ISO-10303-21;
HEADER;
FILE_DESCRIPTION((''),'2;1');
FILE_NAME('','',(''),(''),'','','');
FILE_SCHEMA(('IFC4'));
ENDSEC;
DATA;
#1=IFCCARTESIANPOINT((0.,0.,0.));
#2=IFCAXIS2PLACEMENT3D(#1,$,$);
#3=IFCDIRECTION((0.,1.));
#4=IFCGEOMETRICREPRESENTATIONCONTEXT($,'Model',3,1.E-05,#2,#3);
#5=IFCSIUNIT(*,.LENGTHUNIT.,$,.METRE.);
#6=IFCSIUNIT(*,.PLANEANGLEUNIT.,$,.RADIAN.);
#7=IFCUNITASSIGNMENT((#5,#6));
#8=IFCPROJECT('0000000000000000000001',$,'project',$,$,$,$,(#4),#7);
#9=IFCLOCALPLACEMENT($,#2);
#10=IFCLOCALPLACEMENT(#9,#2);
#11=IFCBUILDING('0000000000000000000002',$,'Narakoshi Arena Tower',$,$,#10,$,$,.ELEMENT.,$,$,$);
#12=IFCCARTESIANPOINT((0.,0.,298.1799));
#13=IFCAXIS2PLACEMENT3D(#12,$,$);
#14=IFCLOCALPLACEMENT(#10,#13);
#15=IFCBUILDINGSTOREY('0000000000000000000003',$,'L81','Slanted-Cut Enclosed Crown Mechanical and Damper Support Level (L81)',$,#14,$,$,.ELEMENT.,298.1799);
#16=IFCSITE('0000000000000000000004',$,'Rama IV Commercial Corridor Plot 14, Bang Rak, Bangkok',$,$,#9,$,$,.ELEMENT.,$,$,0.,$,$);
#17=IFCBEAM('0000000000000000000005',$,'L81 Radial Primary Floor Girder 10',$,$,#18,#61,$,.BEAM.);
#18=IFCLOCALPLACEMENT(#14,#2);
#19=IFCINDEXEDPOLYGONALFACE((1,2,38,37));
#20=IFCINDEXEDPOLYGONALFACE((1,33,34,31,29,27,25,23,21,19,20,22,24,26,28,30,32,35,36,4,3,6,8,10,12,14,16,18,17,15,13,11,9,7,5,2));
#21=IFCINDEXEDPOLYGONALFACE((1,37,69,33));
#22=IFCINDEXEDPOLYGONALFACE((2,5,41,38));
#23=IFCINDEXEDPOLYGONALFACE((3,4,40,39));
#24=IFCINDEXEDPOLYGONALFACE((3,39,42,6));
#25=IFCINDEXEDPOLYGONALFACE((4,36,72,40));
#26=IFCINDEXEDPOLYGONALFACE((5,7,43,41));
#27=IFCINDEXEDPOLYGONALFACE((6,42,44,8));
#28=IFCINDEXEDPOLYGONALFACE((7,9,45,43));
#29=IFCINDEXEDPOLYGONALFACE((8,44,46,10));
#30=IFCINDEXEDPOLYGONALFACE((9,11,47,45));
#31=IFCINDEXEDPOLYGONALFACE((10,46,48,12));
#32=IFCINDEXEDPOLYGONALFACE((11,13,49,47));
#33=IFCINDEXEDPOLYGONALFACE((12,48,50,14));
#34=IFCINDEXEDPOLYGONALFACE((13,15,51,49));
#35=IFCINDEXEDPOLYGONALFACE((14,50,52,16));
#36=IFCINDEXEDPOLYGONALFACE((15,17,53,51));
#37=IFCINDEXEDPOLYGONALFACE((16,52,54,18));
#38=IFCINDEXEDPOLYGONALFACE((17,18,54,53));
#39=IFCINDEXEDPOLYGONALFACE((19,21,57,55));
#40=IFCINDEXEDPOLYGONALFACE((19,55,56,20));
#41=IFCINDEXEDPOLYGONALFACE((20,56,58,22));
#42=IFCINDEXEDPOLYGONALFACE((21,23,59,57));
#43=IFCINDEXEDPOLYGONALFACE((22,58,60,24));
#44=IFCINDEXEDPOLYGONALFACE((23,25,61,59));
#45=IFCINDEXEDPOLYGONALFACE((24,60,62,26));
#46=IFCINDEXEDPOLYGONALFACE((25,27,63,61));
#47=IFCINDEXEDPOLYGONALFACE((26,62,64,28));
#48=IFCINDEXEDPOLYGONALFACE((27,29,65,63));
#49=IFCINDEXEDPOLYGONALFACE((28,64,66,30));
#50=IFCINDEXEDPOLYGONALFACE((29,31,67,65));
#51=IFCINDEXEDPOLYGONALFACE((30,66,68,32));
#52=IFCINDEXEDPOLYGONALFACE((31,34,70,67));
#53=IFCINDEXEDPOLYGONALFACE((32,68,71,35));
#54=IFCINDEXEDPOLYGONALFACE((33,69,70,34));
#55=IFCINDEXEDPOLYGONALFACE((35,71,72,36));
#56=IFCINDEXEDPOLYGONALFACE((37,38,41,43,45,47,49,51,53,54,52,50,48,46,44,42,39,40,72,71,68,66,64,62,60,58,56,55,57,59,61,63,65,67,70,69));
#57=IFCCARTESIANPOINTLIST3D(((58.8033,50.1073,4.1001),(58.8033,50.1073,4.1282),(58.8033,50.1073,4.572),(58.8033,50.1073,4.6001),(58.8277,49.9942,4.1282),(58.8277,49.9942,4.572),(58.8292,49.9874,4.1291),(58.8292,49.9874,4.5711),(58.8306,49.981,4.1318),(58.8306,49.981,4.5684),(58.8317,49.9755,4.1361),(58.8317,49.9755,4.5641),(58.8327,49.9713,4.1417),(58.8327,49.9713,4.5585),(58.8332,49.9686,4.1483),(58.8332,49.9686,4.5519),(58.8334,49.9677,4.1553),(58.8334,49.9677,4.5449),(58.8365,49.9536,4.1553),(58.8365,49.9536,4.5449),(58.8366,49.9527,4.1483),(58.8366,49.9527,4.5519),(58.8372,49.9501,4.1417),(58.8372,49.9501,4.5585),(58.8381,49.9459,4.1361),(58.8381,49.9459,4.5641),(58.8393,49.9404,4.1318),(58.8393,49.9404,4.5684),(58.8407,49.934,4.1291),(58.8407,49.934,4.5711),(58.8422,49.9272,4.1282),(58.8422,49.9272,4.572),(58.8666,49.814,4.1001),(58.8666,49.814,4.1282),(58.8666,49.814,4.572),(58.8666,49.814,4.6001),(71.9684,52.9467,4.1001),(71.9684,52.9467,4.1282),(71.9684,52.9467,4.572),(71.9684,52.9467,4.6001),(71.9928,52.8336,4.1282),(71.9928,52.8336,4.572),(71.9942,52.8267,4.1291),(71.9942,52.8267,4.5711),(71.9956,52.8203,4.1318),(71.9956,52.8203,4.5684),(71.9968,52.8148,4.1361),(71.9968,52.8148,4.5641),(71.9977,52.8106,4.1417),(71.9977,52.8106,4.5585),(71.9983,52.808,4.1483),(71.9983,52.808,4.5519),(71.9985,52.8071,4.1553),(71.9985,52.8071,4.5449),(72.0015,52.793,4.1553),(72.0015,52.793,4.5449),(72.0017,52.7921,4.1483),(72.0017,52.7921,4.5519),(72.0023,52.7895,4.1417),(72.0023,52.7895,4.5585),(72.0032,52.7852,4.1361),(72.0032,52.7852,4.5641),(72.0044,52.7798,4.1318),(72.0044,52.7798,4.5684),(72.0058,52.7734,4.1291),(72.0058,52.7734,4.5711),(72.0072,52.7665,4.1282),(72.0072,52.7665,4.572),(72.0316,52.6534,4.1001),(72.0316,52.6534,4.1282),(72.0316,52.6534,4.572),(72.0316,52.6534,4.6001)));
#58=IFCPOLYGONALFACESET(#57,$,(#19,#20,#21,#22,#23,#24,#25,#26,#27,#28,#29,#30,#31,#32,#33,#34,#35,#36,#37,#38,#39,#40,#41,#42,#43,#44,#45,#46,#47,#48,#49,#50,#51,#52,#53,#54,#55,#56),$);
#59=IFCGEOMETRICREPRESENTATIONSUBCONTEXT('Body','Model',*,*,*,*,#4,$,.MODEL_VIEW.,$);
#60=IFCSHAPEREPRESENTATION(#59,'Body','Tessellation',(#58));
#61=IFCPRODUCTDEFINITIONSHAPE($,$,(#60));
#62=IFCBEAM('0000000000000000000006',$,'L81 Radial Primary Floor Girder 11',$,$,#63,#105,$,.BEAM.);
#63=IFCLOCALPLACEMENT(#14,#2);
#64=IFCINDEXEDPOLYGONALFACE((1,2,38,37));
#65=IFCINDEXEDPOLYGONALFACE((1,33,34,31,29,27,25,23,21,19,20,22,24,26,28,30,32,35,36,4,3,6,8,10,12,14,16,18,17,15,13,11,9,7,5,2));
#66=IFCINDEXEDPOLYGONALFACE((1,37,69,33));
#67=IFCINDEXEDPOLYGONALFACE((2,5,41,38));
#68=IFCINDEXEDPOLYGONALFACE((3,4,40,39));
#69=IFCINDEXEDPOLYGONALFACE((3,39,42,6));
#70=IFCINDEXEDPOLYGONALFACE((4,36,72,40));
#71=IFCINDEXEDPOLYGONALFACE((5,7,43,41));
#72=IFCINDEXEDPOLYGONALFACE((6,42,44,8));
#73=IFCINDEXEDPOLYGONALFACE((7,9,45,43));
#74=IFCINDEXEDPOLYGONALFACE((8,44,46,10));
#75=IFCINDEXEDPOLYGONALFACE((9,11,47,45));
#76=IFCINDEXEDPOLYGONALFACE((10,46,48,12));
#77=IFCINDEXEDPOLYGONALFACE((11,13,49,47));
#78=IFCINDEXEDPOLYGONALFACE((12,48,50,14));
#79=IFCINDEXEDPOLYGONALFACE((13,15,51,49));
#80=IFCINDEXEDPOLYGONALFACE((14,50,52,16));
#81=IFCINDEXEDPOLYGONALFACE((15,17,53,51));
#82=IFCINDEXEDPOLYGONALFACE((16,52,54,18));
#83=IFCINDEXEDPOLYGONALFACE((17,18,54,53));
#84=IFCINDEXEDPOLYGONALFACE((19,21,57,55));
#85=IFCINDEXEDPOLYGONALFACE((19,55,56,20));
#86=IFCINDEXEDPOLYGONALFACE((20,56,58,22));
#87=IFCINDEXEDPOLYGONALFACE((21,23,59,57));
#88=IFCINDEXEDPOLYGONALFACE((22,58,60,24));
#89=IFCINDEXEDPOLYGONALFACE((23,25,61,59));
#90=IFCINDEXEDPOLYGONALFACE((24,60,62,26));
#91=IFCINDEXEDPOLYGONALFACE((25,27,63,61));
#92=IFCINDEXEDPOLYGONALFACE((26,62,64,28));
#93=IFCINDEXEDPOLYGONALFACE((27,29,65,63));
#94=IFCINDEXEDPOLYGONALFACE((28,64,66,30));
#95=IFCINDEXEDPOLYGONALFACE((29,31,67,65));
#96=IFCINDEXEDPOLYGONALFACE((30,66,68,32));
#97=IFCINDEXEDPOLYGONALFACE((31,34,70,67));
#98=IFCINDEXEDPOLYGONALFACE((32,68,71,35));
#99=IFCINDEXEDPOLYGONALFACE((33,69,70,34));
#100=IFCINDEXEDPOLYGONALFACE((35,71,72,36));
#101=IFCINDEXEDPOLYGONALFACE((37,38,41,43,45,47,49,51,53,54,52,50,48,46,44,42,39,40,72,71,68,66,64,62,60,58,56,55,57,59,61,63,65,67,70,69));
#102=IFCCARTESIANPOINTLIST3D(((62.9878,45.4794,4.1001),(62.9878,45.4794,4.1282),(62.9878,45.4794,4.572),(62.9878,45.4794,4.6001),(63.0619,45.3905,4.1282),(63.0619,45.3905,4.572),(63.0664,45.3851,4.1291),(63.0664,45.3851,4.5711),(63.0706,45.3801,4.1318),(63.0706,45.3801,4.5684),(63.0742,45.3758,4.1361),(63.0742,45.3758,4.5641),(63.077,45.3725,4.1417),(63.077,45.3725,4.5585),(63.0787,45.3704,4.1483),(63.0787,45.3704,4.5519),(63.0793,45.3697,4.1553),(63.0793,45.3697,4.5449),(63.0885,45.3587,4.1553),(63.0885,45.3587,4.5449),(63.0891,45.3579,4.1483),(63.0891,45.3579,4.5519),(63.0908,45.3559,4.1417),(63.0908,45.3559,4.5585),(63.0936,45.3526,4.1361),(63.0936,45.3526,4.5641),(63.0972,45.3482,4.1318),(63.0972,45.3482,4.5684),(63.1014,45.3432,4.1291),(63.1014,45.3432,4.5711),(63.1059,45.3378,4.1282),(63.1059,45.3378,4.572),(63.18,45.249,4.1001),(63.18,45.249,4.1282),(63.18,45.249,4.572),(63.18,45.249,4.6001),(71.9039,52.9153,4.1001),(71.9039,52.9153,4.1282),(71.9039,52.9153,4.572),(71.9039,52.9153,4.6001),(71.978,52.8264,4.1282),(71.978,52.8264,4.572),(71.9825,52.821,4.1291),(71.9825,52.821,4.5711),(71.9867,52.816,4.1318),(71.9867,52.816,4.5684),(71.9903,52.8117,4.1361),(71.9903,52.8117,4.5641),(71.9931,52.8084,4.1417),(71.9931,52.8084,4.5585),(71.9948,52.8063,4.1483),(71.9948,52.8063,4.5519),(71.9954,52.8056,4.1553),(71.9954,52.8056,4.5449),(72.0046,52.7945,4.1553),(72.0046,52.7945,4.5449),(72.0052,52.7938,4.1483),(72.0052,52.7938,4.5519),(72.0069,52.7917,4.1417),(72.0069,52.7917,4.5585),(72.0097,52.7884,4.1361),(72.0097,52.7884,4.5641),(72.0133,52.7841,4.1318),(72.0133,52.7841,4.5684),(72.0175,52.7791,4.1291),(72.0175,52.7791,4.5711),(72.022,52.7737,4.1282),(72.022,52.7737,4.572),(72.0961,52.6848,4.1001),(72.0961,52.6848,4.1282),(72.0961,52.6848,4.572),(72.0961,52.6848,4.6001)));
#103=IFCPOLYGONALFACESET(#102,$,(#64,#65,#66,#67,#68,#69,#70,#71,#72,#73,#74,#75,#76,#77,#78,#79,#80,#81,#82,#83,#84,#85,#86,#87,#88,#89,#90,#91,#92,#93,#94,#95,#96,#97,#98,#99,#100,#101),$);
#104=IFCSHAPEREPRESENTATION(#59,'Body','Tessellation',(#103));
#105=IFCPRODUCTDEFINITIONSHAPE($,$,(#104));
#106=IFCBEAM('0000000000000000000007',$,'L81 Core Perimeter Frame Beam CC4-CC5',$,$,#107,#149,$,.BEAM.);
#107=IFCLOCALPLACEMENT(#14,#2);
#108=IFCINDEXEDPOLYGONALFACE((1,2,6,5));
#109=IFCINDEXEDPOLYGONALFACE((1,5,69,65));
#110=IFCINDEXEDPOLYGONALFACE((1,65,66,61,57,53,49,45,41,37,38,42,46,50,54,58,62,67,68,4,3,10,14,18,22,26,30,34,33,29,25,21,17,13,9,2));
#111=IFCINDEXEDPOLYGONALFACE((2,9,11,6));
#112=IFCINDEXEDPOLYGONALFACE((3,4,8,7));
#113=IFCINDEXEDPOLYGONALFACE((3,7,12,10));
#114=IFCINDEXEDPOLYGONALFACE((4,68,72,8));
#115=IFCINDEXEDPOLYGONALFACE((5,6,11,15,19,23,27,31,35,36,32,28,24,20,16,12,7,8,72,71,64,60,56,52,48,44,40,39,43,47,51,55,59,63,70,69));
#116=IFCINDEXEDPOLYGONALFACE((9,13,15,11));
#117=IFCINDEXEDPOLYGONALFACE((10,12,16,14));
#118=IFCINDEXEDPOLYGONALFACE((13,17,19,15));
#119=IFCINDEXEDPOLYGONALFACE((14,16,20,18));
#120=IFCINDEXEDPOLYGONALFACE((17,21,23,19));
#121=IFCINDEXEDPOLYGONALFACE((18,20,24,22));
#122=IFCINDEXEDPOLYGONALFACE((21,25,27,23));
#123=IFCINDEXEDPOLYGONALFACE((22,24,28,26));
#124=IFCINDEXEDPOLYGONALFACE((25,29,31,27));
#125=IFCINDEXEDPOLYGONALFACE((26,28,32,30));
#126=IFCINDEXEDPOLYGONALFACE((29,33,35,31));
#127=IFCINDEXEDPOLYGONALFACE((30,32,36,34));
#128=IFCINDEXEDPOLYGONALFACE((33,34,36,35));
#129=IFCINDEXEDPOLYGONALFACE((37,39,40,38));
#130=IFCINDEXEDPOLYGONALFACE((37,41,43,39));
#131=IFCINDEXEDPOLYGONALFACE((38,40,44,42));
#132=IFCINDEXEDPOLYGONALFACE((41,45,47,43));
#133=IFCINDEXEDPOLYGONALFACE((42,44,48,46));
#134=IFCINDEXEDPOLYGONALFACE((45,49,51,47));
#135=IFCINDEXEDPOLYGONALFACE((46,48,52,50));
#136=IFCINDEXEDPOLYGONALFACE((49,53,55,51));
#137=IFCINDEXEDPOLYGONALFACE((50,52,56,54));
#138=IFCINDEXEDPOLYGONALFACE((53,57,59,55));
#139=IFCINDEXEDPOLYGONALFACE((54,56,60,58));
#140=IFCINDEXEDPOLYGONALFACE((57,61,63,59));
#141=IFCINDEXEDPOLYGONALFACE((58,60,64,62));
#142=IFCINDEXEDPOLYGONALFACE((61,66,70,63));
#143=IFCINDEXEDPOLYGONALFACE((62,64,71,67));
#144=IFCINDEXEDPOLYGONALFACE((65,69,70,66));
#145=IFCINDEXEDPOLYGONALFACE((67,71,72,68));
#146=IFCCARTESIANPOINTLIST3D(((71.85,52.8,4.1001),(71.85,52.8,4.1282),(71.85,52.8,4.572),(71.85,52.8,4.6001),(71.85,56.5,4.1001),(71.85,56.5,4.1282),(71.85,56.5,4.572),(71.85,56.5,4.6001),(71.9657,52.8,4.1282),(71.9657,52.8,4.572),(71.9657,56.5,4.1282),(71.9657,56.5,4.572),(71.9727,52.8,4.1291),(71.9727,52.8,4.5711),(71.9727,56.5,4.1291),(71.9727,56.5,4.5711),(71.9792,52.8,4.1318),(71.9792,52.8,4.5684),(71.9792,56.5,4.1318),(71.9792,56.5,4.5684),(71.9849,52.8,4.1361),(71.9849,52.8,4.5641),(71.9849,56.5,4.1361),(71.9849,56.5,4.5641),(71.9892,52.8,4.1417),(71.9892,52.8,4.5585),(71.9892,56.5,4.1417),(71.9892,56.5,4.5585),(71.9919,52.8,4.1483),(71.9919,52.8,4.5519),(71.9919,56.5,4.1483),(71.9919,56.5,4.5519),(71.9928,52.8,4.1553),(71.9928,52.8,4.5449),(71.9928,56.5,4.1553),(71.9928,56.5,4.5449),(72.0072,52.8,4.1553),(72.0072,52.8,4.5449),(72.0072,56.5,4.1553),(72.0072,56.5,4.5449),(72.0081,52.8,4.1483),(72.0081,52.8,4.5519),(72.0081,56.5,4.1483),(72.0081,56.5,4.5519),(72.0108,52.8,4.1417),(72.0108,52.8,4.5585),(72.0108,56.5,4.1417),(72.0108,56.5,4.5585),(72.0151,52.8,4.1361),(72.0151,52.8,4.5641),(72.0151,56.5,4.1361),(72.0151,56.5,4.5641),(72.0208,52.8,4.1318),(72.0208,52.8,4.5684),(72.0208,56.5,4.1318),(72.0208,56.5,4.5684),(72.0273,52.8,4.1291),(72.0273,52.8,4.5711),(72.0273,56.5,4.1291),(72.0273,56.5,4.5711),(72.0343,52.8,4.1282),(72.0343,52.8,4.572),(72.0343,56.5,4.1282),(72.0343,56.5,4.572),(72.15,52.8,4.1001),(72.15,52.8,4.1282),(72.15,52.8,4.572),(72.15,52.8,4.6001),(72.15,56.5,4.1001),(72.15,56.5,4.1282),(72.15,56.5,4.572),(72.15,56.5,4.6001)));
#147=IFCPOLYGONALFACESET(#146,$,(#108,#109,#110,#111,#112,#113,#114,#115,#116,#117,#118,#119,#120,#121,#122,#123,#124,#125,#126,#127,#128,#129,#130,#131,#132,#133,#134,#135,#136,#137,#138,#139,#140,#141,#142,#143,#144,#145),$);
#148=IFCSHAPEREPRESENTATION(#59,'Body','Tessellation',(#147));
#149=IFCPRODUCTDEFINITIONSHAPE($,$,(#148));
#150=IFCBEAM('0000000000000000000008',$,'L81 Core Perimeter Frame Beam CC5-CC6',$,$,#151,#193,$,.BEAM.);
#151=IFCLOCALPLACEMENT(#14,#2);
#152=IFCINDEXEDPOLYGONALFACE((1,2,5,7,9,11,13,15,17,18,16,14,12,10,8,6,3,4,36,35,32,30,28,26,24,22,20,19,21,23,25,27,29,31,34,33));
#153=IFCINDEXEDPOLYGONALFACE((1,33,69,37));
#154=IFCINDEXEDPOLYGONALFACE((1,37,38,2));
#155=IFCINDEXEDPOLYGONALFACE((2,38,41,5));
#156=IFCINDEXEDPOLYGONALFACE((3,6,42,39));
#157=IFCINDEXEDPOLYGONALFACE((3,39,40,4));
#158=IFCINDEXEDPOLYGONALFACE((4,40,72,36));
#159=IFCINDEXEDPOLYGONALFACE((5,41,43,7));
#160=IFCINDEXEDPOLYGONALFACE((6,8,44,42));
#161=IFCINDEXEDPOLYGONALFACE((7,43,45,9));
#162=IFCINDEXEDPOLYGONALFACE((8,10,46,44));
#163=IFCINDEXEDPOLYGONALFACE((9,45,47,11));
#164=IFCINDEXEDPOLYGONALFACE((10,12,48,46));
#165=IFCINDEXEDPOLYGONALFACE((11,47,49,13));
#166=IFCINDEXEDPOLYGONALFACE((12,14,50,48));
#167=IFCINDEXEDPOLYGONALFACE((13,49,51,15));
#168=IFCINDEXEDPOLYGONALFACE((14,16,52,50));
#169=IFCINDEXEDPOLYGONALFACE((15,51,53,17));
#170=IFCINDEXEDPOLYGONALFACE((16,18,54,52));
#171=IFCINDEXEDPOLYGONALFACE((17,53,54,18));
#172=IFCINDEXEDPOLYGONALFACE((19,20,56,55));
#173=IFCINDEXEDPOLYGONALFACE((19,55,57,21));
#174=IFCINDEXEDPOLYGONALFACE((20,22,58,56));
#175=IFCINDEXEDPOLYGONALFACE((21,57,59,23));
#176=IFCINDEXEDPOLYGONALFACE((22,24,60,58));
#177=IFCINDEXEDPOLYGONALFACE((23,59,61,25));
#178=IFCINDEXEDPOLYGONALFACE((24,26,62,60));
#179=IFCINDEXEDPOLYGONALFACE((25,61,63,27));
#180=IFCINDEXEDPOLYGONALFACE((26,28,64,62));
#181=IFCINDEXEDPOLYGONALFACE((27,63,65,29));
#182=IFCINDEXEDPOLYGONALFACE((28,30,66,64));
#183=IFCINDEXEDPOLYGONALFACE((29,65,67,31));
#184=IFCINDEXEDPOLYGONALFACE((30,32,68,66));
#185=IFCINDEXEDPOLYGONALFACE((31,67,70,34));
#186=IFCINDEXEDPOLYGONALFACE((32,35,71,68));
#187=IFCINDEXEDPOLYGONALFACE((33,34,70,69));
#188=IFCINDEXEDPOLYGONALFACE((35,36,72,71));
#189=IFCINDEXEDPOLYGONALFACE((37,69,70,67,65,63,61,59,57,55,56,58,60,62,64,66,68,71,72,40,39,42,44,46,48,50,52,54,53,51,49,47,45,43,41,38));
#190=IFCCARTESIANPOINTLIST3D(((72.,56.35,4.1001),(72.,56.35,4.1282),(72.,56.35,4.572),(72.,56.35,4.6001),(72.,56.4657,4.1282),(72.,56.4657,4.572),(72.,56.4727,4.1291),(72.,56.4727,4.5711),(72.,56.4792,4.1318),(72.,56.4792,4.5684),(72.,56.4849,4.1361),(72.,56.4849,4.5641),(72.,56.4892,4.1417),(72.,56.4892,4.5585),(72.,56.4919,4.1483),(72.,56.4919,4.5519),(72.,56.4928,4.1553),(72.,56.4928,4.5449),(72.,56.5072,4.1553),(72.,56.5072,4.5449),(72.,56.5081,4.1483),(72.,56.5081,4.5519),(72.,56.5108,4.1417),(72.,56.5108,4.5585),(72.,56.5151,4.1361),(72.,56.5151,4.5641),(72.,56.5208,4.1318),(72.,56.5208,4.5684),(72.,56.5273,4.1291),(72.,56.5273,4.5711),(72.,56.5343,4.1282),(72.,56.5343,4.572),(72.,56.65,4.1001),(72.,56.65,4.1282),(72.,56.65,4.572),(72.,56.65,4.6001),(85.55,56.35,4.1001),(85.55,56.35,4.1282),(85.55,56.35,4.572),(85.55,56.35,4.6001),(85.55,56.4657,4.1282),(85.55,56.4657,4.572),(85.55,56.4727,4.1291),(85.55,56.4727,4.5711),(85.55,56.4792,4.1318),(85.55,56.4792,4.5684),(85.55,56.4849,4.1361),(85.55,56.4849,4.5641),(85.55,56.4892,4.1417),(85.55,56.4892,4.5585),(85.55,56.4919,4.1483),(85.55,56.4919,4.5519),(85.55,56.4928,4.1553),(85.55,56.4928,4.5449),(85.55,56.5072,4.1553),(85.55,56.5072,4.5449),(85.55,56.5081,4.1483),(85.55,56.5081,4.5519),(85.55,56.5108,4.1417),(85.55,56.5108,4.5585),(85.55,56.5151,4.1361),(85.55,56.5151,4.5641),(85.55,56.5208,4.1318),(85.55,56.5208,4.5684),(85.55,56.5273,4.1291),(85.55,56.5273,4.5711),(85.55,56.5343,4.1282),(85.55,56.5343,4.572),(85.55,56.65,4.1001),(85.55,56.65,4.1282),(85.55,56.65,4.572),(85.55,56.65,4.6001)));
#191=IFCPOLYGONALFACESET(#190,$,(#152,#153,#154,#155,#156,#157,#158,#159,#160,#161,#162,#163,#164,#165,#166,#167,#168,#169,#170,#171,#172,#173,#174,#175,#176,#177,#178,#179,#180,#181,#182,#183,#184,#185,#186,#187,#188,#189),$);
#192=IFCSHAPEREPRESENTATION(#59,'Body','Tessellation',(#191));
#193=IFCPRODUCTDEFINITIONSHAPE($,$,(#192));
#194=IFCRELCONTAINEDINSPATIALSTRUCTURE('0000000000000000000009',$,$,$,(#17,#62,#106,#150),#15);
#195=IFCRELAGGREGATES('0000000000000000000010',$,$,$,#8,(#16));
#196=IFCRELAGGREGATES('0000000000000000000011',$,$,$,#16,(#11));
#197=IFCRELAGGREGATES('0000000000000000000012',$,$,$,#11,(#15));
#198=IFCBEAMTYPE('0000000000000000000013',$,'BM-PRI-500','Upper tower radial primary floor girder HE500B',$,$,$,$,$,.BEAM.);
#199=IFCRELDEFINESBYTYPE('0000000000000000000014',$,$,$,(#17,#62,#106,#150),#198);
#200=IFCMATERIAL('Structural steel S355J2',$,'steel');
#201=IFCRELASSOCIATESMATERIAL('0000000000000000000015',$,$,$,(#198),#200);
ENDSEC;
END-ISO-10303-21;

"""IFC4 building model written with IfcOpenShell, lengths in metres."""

from ifc_helpers import new_model, si_unit, direction, frame, origin, origin_2d, place, context, subcontext, project, spatial, i_section, extrude, material, material_profile, profile_set, type_object, element, save


model = new_model("IFC4")

# Units and contexts
model_context = context("Model", 3, precision=1e-05, world=origin(), true_north=direction((0.0, 1.0)))
body_context = subcontext(model_context, "Body", "Model", "MODEL_VIEW")
ifc_project = project(units=[si_unit("LENGTHUNIT", "METRE"), si_unit("PLANEANGLEUNIT", "RADIAN")], contexts=[model_context])

# Site, building, storey
site_placement = place(None, origin())
site = spatial("IfcSite", under=ifc_project, at=site_placement, Name="Rama IV Commercial Corridor Plot 14, Bang Rak, Bangkok", CompositionType="ELEMENT", RefElevation=0.0)
building_placement = place(site_placement, origin())
building = spatial("IfcBuilding", under=site, at=building_placement, Name="Narakoshi Arena Tower", CompositionType="ELEMENT")
storey_placement = place(building_placement, frame((0.0, 0.0, 298.1799)))
storey = spatial("IfcBuildingStorey", under=building, at=storey_placement, Name="L81", Description="Slanted-Cut Enclosed Crown Mechanical and Damper Support Level (L81)", CompositionType="ELEMENT", Elevation=298.1799)

# Shared definitions
ifc_material_1 = material(Name="Structural steel S355J2", Category="steel")

# Beams
ifc_material_profile_1 = material_profile(ifc_material_1, i_section(OverallWidth=0.3, OverallDepth=0.5, WebThickness=0.0144, FlangeThickness=0.0281, FilletRadius=0.0271, at=origin_2d()), Name="HE500B")
ifc_profile_set_1 = profile_set([ifc_material_profile_1], Name="Structural steel S355J2")
beam_type = type_object("IfcBeamType", Name="BM-PRI-500", Description="Upper tower radial primary floor girder HE500B", PredefinedType="BEAM", material=ifc_profile_set_1)
beam_1_placement = place(storey_placement, frame((72.0, 52.8, 4.3501), z_axis=(-0.977524, -0.210826, 0.0), x_axis=(0.210826, -0.977524, 0.0)))
element("IfcBeam", 1, at=beam_1_placement, inside=storey, type_object=beam_type, Name="L81 Radial Primary Floor Girder 10", PredefinedType="BEAM", context=body_context, shape_type="SweptSolid", body=[
    extrude(i_section(OverallWidth=0.3, OverallDepth=0.5, WebThickness=0.0144, FlangeThickness=0.0281, FilletRadius=0.0271, at=origin_2d()), origin(), (0.0, 0.0, 1.0), 13.4678),
])
beam_2_placement = place(storey_placement, frame((72.0, 52.8, 4.3501), z_axis=(-0.767976, -0.640478, 0.0), x_axis=(0.640478, -0.767976, 0.0)))
element("IfcBeam", 2, at=beam_2_placement, inside=storey, type_object=beam_type, Name="L81 Radial Primary Floor Girder 11", PredefinedType="BEAM", context=body_context, shape_type="SweptSolid", body=[
    extrude(i_section(OverallWidth=0.3, OverallDepth=0.5, WebThickness=0.0144, FlangeThickness=0.0281, FilletRadius=0.0271, at=origin_2d()), origin(), (0.0, 0.0, 1.0), 11.6099),
])
beam_3_placement = place(storey_placement, frame((72.0, 52.8, 4.3501), z_axis=(0.0, 1.0, 0.0), x_axis=(-1.0, 0.0, 0.0)))
element("IfcBeam", 3, at=beam_3_placement, inside=storey, type_object=beam_type, Name="L81 Core Perimeter Frame Beam CC4-CC5", PredefinedType="BEAM", context=body_context, shape_type="SweptSolid", body=[
    extrude(i_section(OverallWidth=0.3, OverallDepth=0.5, WebThickness=0.0144, FlangeThickness=0.0281, FilletRadius=0.0271, at=origin_2d()), origin(), (0.0, 0.0, 1.0), 3.7),
])
beam_4_placement = place(storey_placement, frame((72.0, 56.5, 4.3501), z_axis=(1.0, 0.0, 0.0), x_axis=(0.0, 1.0, 0.0)))
element("IfcBeam", 4, at=beam_4_placement, inside=storey, type_object=beam_type, Name="L81 Core Perimeter Frame Beam CC5-CC6", PredefinedType="BEAM", context=body_context, shape_type="SweptSolid", body=[
    extrude(i_section(OverallWidth=0.3, OverallDepth=0.5, WebThickness=0.0144, FlangeThickness=0.0281, FilletRadius=0.0271, at=origin_2d()), origin(), (0.0, 0.0, 1.0), 13.55),
])

save(model, "model.ifc")
